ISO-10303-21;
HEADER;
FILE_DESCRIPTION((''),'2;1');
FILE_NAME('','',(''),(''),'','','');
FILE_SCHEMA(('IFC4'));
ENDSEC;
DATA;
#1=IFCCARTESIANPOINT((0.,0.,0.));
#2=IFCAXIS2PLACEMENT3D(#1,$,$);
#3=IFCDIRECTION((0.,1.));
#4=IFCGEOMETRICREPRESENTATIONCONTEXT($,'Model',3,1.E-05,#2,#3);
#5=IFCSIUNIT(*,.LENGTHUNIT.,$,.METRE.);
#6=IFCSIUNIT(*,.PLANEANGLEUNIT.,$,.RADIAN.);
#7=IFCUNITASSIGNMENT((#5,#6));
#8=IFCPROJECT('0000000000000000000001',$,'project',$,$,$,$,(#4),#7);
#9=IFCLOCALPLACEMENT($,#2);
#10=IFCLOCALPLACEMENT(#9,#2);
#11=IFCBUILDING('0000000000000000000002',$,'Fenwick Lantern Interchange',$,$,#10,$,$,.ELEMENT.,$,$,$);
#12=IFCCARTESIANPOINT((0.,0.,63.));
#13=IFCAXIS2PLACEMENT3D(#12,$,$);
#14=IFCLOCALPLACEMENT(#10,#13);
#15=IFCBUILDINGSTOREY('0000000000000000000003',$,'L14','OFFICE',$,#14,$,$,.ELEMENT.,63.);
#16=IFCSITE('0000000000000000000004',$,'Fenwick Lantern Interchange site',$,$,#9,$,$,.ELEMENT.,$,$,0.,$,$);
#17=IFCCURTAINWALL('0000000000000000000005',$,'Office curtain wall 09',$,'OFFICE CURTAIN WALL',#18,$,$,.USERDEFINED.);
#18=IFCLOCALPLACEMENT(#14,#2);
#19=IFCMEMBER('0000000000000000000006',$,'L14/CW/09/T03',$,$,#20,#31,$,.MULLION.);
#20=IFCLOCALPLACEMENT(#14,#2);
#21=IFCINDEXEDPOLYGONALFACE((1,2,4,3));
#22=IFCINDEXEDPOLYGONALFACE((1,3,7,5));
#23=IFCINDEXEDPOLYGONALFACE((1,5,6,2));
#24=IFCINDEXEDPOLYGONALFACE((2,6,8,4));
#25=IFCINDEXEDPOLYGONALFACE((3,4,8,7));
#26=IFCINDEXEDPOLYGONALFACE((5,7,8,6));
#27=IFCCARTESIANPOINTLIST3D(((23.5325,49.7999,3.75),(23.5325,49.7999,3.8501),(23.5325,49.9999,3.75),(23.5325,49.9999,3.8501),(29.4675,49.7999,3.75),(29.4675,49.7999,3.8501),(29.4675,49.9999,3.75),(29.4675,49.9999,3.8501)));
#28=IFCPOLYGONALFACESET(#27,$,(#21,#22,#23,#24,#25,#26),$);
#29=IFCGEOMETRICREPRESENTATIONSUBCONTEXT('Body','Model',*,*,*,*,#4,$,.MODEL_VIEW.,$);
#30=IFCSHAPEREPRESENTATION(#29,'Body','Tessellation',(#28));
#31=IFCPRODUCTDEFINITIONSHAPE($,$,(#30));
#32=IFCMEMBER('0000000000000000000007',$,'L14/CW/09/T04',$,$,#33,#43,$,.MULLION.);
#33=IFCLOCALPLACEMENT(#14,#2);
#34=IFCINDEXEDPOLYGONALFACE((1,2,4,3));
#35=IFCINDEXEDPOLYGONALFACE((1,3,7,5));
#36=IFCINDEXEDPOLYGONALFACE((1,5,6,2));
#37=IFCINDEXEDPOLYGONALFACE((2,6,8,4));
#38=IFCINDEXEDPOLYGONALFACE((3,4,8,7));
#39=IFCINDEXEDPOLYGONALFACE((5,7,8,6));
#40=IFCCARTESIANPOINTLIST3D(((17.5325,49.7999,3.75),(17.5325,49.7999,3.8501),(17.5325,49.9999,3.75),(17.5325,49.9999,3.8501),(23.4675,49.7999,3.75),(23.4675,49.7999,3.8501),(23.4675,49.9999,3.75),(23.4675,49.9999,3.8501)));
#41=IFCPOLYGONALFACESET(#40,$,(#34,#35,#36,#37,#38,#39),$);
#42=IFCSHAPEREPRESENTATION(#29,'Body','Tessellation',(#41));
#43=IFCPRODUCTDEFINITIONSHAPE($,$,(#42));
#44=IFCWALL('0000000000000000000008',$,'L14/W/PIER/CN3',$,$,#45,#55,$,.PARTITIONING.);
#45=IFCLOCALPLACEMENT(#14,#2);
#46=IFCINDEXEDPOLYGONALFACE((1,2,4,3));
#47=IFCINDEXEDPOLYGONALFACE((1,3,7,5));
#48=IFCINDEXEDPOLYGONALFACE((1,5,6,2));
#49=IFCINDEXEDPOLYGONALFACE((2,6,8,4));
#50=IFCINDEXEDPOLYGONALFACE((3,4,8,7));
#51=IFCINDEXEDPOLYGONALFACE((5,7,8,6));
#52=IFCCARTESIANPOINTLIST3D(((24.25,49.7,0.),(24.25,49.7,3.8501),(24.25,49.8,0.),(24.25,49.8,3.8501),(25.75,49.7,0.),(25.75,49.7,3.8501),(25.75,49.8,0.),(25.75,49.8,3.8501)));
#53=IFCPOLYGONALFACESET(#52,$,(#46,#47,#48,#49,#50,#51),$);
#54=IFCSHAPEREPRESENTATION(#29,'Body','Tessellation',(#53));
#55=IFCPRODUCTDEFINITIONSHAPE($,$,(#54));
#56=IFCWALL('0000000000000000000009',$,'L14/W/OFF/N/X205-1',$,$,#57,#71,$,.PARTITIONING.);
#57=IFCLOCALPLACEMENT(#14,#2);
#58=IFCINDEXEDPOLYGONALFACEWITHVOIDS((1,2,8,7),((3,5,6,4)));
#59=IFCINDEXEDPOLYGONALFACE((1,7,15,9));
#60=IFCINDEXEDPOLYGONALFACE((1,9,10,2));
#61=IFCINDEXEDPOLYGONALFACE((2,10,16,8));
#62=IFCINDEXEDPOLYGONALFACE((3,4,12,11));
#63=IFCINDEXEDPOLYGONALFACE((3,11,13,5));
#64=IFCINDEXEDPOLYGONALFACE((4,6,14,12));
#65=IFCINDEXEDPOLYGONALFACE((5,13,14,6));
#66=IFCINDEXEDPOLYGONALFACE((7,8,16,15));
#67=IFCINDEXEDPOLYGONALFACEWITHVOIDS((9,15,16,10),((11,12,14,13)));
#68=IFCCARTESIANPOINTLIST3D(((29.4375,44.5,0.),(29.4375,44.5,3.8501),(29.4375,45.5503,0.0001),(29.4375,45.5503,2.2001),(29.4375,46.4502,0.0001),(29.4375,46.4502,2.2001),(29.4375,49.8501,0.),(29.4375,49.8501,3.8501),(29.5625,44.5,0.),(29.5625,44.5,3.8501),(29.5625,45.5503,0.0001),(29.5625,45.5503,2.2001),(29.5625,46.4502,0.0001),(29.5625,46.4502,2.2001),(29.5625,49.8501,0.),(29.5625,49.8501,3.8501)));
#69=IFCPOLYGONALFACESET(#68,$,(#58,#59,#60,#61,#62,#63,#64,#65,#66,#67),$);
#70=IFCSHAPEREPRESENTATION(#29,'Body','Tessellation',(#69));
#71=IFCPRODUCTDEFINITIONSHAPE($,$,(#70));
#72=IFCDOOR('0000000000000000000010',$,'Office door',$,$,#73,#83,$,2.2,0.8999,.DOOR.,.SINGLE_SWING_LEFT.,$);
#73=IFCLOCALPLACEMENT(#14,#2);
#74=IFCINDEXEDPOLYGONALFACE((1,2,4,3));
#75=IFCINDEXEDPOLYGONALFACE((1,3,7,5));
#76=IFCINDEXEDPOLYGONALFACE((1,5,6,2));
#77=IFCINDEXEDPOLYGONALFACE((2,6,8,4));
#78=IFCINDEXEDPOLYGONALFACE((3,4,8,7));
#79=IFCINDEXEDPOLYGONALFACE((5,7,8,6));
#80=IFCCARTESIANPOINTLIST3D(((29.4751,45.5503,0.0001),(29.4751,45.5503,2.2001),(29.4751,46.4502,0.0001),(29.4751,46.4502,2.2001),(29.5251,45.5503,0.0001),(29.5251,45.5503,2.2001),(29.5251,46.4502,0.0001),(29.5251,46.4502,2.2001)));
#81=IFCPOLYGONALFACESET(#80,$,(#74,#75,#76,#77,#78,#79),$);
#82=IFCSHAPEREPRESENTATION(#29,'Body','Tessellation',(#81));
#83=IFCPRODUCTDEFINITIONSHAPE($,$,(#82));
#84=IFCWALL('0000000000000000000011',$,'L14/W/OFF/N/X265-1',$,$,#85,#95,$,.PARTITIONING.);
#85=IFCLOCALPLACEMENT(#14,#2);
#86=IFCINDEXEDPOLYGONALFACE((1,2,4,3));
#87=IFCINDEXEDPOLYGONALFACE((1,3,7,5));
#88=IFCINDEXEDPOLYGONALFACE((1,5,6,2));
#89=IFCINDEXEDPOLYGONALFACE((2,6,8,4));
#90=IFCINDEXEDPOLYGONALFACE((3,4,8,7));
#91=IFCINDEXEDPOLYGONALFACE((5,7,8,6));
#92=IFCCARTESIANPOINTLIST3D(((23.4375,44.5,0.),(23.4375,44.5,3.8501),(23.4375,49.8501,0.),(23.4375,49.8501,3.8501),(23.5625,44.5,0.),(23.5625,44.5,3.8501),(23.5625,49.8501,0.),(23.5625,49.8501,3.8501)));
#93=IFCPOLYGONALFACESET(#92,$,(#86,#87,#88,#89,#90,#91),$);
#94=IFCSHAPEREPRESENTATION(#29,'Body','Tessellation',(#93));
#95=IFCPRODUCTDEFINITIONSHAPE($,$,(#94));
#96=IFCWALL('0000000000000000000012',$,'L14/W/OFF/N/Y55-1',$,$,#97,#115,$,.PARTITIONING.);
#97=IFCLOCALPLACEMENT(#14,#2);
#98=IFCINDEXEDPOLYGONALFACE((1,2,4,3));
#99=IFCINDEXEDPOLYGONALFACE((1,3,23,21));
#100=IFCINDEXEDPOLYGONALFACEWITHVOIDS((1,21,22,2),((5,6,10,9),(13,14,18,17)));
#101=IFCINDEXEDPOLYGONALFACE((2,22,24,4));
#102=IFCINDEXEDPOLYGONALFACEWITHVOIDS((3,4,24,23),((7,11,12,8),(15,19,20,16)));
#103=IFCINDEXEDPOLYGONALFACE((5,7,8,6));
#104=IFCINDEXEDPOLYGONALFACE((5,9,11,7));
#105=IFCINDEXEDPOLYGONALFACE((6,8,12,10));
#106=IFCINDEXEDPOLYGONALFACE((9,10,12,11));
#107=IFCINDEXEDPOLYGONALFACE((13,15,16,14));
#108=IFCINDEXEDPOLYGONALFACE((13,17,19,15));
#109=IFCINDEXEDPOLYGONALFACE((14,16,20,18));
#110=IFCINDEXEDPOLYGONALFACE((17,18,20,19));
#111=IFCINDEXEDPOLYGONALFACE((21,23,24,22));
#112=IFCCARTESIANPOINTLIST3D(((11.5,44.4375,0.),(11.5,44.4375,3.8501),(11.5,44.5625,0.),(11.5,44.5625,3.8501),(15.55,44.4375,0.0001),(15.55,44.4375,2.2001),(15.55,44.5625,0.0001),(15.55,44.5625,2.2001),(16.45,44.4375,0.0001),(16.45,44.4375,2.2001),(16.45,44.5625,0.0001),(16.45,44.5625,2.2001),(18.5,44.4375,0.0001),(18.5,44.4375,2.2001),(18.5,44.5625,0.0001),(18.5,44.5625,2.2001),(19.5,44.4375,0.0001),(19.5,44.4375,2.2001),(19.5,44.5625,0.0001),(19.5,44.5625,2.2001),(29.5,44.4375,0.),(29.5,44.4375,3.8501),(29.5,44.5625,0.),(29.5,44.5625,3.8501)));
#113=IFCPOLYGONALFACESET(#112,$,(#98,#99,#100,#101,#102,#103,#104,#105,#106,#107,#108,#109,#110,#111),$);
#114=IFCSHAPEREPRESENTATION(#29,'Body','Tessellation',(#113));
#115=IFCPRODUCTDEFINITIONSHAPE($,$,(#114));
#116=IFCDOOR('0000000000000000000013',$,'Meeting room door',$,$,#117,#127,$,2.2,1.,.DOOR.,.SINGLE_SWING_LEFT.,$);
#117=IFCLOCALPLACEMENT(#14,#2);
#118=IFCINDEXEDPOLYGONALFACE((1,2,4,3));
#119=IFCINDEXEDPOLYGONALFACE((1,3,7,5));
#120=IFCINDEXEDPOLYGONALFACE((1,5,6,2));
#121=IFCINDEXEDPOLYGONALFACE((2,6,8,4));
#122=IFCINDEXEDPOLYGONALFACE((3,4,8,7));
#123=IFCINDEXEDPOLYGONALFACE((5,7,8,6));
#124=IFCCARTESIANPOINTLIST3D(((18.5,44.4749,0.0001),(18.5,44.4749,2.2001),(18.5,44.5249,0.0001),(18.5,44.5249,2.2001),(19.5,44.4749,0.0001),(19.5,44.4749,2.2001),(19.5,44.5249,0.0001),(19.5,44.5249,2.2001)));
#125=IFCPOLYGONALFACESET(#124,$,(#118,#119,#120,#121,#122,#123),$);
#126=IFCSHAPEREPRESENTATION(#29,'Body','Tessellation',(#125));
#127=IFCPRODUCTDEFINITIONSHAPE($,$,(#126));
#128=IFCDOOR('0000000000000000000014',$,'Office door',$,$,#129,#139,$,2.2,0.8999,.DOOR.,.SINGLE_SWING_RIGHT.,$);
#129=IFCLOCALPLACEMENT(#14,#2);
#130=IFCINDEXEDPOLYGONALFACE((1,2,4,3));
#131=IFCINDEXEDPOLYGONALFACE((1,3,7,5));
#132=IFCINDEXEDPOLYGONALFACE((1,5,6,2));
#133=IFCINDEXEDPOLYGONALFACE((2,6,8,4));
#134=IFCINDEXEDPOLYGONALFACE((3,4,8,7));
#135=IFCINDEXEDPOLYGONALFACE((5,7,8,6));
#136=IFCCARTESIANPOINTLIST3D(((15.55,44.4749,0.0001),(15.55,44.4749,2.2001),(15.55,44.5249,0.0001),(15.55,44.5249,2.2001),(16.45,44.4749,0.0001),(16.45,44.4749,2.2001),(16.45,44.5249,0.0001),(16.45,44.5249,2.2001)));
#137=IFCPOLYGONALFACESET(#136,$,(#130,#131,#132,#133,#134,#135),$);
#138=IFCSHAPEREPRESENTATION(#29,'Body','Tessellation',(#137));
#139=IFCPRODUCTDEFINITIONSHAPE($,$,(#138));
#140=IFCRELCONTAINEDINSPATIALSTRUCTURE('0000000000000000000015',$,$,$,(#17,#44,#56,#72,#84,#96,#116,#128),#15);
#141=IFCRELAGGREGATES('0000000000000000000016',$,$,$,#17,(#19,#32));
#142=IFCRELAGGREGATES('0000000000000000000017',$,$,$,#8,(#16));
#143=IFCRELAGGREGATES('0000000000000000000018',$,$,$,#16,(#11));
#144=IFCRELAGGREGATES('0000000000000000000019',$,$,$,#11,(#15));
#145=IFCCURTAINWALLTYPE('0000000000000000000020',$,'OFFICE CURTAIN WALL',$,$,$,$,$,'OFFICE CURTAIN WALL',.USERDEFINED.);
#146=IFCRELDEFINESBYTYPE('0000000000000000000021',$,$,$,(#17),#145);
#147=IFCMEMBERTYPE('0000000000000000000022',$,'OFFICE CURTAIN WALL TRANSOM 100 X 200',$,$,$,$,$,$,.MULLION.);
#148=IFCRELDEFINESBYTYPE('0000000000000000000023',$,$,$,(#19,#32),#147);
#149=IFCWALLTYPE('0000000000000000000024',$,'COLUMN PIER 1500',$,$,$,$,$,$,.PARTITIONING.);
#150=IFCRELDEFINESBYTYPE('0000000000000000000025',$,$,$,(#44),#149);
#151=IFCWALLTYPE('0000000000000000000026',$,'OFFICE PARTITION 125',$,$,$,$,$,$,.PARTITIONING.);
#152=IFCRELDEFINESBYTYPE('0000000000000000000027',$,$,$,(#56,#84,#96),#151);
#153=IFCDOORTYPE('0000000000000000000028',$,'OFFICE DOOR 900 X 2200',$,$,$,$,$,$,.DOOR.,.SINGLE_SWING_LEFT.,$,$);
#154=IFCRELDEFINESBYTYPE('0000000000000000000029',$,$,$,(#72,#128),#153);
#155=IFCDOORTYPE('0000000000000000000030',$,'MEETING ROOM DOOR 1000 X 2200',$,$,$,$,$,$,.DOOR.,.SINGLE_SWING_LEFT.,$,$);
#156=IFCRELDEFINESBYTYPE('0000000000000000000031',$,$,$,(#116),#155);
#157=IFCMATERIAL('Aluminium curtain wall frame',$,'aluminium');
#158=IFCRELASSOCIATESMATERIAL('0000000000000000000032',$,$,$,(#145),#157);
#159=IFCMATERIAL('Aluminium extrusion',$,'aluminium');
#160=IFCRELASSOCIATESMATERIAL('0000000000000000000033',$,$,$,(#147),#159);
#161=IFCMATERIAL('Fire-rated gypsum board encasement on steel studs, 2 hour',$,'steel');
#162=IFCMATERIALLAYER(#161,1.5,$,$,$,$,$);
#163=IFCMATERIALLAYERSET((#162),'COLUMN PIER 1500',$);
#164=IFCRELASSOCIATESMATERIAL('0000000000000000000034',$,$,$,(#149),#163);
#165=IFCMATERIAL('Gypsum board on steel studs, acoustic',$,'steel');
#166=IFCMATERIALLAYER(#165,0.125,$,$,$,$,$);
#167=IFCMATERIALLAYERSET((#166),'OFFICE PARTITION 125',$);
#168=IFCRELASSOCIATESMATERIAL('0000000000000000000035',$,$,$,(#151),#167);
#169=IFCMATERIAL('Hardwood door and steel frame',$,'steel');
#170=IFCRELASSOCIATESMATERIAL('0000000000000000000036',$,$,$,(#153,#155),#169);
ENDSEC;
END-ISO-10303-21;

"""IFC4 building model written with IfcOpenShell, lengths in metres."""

from ifc_helpers import new_model, si_unit, direction, frame, frame_2d, origin, origin_2d, place, context, subcontext, project, spatial, rectangle, extrude, material, layer, layer_set, material_profile, profile_set, type_object, element, fill, aggregate, save


model = new_model("IFC4")

# Units and contexts
model_context = context("Model", 3, precision=1e-05, world=origin(), true_north=direction((0.0, 1.0)))
body_context = subcontext(model_context, "Body", "Model", "MODEL_VIEW")
ifc_project = project(units=[si_unit("LENGTHUNIT", "METRE"), si_unit("PLANEANGLEUNIT", "RADIAN")], contexts=[model_context])

# Site, building, storey
site_placement = place(None, origin())
site = spatial("IfcSite", under=ifc_project, at=site_placement, Name="Fenwick Lantern Interchange site", CompositionType="ELEMENT", RefElevation=0.0)
building_placement = place(site_placement, origin())
building = spatial("IfcBuilding", under=site, at=building_placement, Name="Fenwick Lantern Interchange", CompositionType="ELEMENT")
storey_placement = place(building_placement, frame((0.0, 0.0, 63.0)))
storey = spatial("IfcBuildingStorey", under=building, at=storey_placement, Name="L14", Description="OFFICE", CompositionType="ELEMENT", Elevation=63.0)

# Curtain wall, members
ifc_material_1 = material(Name="Aluminium curtain wall frame", Category="aluminium")
curtain_wall_type = type_object("IfcCurtainWallType", Name="OFFICE CURTAIN WALL", ElementType="OFFICE CURTAIN WALL", PredefinedType="USERDEFINED", material=ifc_material_1)
curtain_wall_placement = place(storey_placement, origin())
curtain_wall = element("IfcCurtainWall", 1, at=curtain_wall_placement, inside=storey, type_object=curtain_wall_type, Name="Office curtain wall 09", ObjectType="OFFICE CURTAIN WALL", PredefinedType="USERDEFINED")
ifc_material_2 = material(Name="Aluminium extrusion", Category="aluminium")
ifc_material_profile_1 = material_profile(ifc_material_2, rectangle(XDim=0.2, YDim=0.1001, at=origin_2d()), Name="OFFICE CURTAIN WALL TRANSOM 100 X 200")
ifc_profile_set_1 = profile_set([ifc_material_profile_1], Name="Aluminium extrusion")
member_type_1 = type_object("IfcMemberType", Name="OFFICE CURTAIN WALL TRANSOM 100 X 200", PredefinedType="MULLION", material=ifc_profile_set_1)
member_1_placement = place(storey_placement, frame((29.4675, 49.8999, 3.8), z_axis=(-1.0, 0.0, 0.0), x_axis=(0.0, -1.0, 0.0)))
member_1 = element("IfcMember", 2, at=member_1_placement, type_object=member_type_1, Name="L14/CW/09/T03", PredefinedType="MULLION", context=body_context, shape_type="SweptSolid", body=[
    extrude(rectangle(XDim=0.2, YDim=0.1001, at=origin_2d()), origin(), (0.0, 0.0, 1.0), 5.9351),
])
member_2_placement = place(storey_placement, frame((23.4675, 49.8999, 3.8), z_axis=(-1.0, 0.0, 0.0), x_axis=(0.0, -1.0, 0.0)))
member_2 = element("IfcMember", 3, at=member_2_placement, type_object=member_type_1, Name="L14/CW/09/T04", PredefinedType="MULLION", context=body_context, shape_type="SweptSolid", body=[
    extrude(rectangle(XDim=0.2, YDim=0.1001, at=origin_2d()), origin(), (0.0, 0.0, 1.0), 5.9351),
])
aggregate(curtain_wall, [member_1, member_2])

# Wall
ifc_material_3 = material(Name="Fire-rated gypsum board encasement on steel studs, 2 hour", Category="steel")
ifc_layer_1 = layer(ifc_material_3, 1.5)
ifc_layer_set_1 = layer_set([ifc_layer_1], Name="COLUMN PIER 1500")
wall_type_1 = type_object("IfcWallType", Name="COLUMN PIER 1500", PredefinedType="PARTITIONING", material=ifc_layer_set_1)
wall_1_placement = place(storey_placement, frame((25.0, 49.8, 0.0), z_axis=(0.0, 0.0, 1.0), x_axis=(0.0, -1.0, 0.0)))
element("IfcWall", 4, at=wall_1_placement, inside=storey, type_object=wall_type_1, Name="L14/W/PIER/CN3", PredefinedType="PARTITIONING", context=body_context, shape_type="SweptSolid", body=[
    extrude(rectangle(XDim=0.1001, YDim=1.5, at=frame_2d((0.05, 0.0))), origin(), (0.0, 0.0, 1.0), 3.8501),
])

# Wall, opening, door
ifc_material_4 = material(Name="Gypsum board on steel studs, acoustic", Category="steel")
ifc_layer_2 = layer(ifc_material_4, 0.125)
ifc_layer_set_2 = layer_set([ifc_layer_2], Name="OFFICE PARTITION 125")
wall_type_2 = type_object("IfcWallType", Name="OFFICE PARTITION 125", PredefinedType="PARTITIONING", material=ifc_layer_set_2)
wall_2_placement = place(storey_placement, frame((29.5, 49.8501, 0.0), z_axis=(0.0, 0.0, 1.0), x_axis=(0.0, -1.0, 0.0)))
wall_2 = element("IfcWall", 5, at=wall_2_placement, inside=storey, type_object=wall_type_2, Name="L14/W/OFF/N/X205-1", PredefinedType="PARTITIONING", context=body_context, shape_type="SweptSolid", body=[
    extrude(rectangle(XDim=5.3501, YDim=0.125, at=frame_2d((2.675, 0.0))), origin(), (0.0, 0.0, 1.0), 3.8501),
])
opening_1_placement = place(wall_2_placement, frame((3.3999, 0.0, 0.0)))
opening_1 = element("IfcOpeningElement", 6, at=opening_1_placement, cuts=wall_2, PredefinedType="OPENING", context=body_context, shape_type="SweptSolid", body=[
    extrude(rectangle(XDim=0.8999, YDim=2.2, at=frame_2d((0.45, 1.1001))), frame((0.0, 0.0725, 0.0), z_axis=(0.0, -1.0, 0.0), x_axis=(1.0, 0.0, 0.0)), (0.0, 0.0, 1.0), 0.145),
])
ifc_material_5 = material(Name="Hardwood door and steel frame", Category="steel")
door_type_1 = type_object("IfcDoorType", Name="OFFICE DOOR 900 X 2200", OperationType="SINGLE_SWING_LEFT", PredefinedType="DOOR", material=ifc_material_5)
door_1_placement = place(opening_1_placement, frame((0.8999, 0.0, 0.0), z_axis=(0.0, 0.0, 1.0), x_axis=(-1.0, 0.0, 0.0)))
door_1 = element("IfcDoor", 7, at=door_1_placement, inside=storey, type_object=door_type_1, Name="Office door", OperationType="SINGLE_SWING_LEFT", OverallHeight=2.2, OverallWidth=0.8999, PredefinedType="DOOR", context=body_context, shape_type="SweptSolid", body=[
    extrude(rectangle(XDim=0.8999, YDim=2.2, at=frame_2d((0.45, 1.1001))), frame((0.0, 0.0249, 0.0), z_axis=(0.0, -1.0, 0.0), x_axis=(1.0, 0.0, 0.0)), (0.0, 0.0, 1.0), 0.05),
])
fill(opening_1, door_1)

# Wall
wall_3_placement = place(storey_placement, frame((23.5, 49.8501, 0.0), z_axis=(0.0, 0.0, 1.0), x_axis=(0.0, -1.0, 0.0)))
element("IfcWall", 8, at=wall_3_placement, inside=storey, type_object=wall_type_2, Name="L14/W/OFF/N/X265-1", PredefinedType="PARTITIONING", context=body_context, shape_type="SweptSolid", body=[
    extrude(rectangle(XDim=5.3501, YDim=0.125, at=frame_2d((2.675, 0.0))), origin(), (0.0, 0.0, 1.0), 3.8501),
])

# Wall, openings, doors
wall_4_placement = place(storey_placement, frame((29.5, 44.5, 0.0), z_axis=(0.0, 0.0, 1.0), x_axis=(-1.0, 0.0, 0.0)))
wall_4 = element("IfcWall", 9, at=wall_4_placement, inside=storey, type_object=wall_type_2, Name="L14/W/OFF/N/Y55-1", PredefinedType="PARTITIONING", context=body_context, shape_type="SweptSolid", body=[
    extrude(rectangle(XDim=18.0, YDim=0.125, at=frame_2d((9.0, 0.0))), origin(), (0.0, 0.0, 1.0), 3.8501),
])
opening_2_placement = place(wall_4_placement, frame((10.0, 0.0, 0.0)))
opening_2 = element("IfcOpeningElement", 10, at=opening_2_placement, cuts=wall_4, PredefinedType="OPENING", context=body_context, shape_type="SweptSolid", body=[
    extrude(rectangle(XDim=1.0, YDim=2.2, at=frame_2d((0.5, 1.1001))), frame((0.0, 0.0725, 0.0), z_axis=(0.0, -1.0, 0.0), x_axis=(1.0, 0.0, 0.0)), (0.0, 0.0, 1.0), 0.145),
])
opening_3_placement = place(wall_4_placement, frame((13.05, 0.0, 0.0)))
opening_3 = element("IfcOpeningElement", 11, at=opening_3_placement, cuts=wall_4, PredefinedType="OPENING", context=body_context, shape_type="SweptSolid", body=[
    extrude(rectangle(XDim=0.8999, YDim=2.2, at=frame_2d((0.45, 1.1001))), frame((0.0, 0.0725, 0.0), z_axis=(0.0, -1.0, 0.0), x_axis=(1.0, 0.0, 0.0)), (0.0, 0.0, 1.0), 0.145),
])
door_type_2 = type_object("IfcDoorType", Name="MEETING ROOM DOOR 1000 X 2200", OperationType="SINGLE_SWING_LEFT", PredefinedType="DOOR", material=ifc_material_5)
door_2_placement = place(opening_2_placement, frame((1.0, 0.0, 0.0), z_axis=(0.0, 0.0, 1.0), x_axis=(-1.0, 0.0, 0.0)))
door_2 = element("IfcDoor", 12, at=door_2_placement, inside=storey, type_object=door_type_2, Name="Meeting room door", OperationType="SINGLE_SWING_LEFT", OverallHeight=2.2, OverallWidth=1.0, PredefinedType="DOOR", context=body_context, shape_type="SweptSolid", body=[
    extrude(rectangle(XDim=1.0, YDim=2.2, at=frame_2d((0.5, 1.1001))), frame((0.0, 0.0249, 0.0), z_axis=(0.0, -1.0, 0.0), x_axis=(1.0, 0.0, 0.0)), (0.0, 0.0, 1.0), 0.05),
])
fill(opening_2, door_2)
door_3_placement = place(opening_3_placement, frame((0.8999, 0.0, 0.0), z_axis=(0.0, 0.0, 1.0), x_axis=(-1.0, 0.0, 0.0)))
door_3 = element("IfcDoor", 13, at=door_3_placement, inside=storey, type_object=door_type_1, Name="Office door", OperationType="SINGLE_SWING_RIGHT", OverallHeight=2.2, OverallWidth=0.8999, PredefinedType="DOOR", context=body_context, shape_type="SweptSolid", body=[
    extrude(rectangle(XDim=0.8999, YDim=2.2, at=frame_2d((0.45, 1.1001))), frame((0.0, 0.0249, 0.0), z_axis=(0.0, -1.0, 0.0), x_axis=(1.0, 0.0, 0.0)), (0.0, 0.0, 1.0), 0.05),
])
fill(opening_3, door_3)

save(model, "model.ifc")
